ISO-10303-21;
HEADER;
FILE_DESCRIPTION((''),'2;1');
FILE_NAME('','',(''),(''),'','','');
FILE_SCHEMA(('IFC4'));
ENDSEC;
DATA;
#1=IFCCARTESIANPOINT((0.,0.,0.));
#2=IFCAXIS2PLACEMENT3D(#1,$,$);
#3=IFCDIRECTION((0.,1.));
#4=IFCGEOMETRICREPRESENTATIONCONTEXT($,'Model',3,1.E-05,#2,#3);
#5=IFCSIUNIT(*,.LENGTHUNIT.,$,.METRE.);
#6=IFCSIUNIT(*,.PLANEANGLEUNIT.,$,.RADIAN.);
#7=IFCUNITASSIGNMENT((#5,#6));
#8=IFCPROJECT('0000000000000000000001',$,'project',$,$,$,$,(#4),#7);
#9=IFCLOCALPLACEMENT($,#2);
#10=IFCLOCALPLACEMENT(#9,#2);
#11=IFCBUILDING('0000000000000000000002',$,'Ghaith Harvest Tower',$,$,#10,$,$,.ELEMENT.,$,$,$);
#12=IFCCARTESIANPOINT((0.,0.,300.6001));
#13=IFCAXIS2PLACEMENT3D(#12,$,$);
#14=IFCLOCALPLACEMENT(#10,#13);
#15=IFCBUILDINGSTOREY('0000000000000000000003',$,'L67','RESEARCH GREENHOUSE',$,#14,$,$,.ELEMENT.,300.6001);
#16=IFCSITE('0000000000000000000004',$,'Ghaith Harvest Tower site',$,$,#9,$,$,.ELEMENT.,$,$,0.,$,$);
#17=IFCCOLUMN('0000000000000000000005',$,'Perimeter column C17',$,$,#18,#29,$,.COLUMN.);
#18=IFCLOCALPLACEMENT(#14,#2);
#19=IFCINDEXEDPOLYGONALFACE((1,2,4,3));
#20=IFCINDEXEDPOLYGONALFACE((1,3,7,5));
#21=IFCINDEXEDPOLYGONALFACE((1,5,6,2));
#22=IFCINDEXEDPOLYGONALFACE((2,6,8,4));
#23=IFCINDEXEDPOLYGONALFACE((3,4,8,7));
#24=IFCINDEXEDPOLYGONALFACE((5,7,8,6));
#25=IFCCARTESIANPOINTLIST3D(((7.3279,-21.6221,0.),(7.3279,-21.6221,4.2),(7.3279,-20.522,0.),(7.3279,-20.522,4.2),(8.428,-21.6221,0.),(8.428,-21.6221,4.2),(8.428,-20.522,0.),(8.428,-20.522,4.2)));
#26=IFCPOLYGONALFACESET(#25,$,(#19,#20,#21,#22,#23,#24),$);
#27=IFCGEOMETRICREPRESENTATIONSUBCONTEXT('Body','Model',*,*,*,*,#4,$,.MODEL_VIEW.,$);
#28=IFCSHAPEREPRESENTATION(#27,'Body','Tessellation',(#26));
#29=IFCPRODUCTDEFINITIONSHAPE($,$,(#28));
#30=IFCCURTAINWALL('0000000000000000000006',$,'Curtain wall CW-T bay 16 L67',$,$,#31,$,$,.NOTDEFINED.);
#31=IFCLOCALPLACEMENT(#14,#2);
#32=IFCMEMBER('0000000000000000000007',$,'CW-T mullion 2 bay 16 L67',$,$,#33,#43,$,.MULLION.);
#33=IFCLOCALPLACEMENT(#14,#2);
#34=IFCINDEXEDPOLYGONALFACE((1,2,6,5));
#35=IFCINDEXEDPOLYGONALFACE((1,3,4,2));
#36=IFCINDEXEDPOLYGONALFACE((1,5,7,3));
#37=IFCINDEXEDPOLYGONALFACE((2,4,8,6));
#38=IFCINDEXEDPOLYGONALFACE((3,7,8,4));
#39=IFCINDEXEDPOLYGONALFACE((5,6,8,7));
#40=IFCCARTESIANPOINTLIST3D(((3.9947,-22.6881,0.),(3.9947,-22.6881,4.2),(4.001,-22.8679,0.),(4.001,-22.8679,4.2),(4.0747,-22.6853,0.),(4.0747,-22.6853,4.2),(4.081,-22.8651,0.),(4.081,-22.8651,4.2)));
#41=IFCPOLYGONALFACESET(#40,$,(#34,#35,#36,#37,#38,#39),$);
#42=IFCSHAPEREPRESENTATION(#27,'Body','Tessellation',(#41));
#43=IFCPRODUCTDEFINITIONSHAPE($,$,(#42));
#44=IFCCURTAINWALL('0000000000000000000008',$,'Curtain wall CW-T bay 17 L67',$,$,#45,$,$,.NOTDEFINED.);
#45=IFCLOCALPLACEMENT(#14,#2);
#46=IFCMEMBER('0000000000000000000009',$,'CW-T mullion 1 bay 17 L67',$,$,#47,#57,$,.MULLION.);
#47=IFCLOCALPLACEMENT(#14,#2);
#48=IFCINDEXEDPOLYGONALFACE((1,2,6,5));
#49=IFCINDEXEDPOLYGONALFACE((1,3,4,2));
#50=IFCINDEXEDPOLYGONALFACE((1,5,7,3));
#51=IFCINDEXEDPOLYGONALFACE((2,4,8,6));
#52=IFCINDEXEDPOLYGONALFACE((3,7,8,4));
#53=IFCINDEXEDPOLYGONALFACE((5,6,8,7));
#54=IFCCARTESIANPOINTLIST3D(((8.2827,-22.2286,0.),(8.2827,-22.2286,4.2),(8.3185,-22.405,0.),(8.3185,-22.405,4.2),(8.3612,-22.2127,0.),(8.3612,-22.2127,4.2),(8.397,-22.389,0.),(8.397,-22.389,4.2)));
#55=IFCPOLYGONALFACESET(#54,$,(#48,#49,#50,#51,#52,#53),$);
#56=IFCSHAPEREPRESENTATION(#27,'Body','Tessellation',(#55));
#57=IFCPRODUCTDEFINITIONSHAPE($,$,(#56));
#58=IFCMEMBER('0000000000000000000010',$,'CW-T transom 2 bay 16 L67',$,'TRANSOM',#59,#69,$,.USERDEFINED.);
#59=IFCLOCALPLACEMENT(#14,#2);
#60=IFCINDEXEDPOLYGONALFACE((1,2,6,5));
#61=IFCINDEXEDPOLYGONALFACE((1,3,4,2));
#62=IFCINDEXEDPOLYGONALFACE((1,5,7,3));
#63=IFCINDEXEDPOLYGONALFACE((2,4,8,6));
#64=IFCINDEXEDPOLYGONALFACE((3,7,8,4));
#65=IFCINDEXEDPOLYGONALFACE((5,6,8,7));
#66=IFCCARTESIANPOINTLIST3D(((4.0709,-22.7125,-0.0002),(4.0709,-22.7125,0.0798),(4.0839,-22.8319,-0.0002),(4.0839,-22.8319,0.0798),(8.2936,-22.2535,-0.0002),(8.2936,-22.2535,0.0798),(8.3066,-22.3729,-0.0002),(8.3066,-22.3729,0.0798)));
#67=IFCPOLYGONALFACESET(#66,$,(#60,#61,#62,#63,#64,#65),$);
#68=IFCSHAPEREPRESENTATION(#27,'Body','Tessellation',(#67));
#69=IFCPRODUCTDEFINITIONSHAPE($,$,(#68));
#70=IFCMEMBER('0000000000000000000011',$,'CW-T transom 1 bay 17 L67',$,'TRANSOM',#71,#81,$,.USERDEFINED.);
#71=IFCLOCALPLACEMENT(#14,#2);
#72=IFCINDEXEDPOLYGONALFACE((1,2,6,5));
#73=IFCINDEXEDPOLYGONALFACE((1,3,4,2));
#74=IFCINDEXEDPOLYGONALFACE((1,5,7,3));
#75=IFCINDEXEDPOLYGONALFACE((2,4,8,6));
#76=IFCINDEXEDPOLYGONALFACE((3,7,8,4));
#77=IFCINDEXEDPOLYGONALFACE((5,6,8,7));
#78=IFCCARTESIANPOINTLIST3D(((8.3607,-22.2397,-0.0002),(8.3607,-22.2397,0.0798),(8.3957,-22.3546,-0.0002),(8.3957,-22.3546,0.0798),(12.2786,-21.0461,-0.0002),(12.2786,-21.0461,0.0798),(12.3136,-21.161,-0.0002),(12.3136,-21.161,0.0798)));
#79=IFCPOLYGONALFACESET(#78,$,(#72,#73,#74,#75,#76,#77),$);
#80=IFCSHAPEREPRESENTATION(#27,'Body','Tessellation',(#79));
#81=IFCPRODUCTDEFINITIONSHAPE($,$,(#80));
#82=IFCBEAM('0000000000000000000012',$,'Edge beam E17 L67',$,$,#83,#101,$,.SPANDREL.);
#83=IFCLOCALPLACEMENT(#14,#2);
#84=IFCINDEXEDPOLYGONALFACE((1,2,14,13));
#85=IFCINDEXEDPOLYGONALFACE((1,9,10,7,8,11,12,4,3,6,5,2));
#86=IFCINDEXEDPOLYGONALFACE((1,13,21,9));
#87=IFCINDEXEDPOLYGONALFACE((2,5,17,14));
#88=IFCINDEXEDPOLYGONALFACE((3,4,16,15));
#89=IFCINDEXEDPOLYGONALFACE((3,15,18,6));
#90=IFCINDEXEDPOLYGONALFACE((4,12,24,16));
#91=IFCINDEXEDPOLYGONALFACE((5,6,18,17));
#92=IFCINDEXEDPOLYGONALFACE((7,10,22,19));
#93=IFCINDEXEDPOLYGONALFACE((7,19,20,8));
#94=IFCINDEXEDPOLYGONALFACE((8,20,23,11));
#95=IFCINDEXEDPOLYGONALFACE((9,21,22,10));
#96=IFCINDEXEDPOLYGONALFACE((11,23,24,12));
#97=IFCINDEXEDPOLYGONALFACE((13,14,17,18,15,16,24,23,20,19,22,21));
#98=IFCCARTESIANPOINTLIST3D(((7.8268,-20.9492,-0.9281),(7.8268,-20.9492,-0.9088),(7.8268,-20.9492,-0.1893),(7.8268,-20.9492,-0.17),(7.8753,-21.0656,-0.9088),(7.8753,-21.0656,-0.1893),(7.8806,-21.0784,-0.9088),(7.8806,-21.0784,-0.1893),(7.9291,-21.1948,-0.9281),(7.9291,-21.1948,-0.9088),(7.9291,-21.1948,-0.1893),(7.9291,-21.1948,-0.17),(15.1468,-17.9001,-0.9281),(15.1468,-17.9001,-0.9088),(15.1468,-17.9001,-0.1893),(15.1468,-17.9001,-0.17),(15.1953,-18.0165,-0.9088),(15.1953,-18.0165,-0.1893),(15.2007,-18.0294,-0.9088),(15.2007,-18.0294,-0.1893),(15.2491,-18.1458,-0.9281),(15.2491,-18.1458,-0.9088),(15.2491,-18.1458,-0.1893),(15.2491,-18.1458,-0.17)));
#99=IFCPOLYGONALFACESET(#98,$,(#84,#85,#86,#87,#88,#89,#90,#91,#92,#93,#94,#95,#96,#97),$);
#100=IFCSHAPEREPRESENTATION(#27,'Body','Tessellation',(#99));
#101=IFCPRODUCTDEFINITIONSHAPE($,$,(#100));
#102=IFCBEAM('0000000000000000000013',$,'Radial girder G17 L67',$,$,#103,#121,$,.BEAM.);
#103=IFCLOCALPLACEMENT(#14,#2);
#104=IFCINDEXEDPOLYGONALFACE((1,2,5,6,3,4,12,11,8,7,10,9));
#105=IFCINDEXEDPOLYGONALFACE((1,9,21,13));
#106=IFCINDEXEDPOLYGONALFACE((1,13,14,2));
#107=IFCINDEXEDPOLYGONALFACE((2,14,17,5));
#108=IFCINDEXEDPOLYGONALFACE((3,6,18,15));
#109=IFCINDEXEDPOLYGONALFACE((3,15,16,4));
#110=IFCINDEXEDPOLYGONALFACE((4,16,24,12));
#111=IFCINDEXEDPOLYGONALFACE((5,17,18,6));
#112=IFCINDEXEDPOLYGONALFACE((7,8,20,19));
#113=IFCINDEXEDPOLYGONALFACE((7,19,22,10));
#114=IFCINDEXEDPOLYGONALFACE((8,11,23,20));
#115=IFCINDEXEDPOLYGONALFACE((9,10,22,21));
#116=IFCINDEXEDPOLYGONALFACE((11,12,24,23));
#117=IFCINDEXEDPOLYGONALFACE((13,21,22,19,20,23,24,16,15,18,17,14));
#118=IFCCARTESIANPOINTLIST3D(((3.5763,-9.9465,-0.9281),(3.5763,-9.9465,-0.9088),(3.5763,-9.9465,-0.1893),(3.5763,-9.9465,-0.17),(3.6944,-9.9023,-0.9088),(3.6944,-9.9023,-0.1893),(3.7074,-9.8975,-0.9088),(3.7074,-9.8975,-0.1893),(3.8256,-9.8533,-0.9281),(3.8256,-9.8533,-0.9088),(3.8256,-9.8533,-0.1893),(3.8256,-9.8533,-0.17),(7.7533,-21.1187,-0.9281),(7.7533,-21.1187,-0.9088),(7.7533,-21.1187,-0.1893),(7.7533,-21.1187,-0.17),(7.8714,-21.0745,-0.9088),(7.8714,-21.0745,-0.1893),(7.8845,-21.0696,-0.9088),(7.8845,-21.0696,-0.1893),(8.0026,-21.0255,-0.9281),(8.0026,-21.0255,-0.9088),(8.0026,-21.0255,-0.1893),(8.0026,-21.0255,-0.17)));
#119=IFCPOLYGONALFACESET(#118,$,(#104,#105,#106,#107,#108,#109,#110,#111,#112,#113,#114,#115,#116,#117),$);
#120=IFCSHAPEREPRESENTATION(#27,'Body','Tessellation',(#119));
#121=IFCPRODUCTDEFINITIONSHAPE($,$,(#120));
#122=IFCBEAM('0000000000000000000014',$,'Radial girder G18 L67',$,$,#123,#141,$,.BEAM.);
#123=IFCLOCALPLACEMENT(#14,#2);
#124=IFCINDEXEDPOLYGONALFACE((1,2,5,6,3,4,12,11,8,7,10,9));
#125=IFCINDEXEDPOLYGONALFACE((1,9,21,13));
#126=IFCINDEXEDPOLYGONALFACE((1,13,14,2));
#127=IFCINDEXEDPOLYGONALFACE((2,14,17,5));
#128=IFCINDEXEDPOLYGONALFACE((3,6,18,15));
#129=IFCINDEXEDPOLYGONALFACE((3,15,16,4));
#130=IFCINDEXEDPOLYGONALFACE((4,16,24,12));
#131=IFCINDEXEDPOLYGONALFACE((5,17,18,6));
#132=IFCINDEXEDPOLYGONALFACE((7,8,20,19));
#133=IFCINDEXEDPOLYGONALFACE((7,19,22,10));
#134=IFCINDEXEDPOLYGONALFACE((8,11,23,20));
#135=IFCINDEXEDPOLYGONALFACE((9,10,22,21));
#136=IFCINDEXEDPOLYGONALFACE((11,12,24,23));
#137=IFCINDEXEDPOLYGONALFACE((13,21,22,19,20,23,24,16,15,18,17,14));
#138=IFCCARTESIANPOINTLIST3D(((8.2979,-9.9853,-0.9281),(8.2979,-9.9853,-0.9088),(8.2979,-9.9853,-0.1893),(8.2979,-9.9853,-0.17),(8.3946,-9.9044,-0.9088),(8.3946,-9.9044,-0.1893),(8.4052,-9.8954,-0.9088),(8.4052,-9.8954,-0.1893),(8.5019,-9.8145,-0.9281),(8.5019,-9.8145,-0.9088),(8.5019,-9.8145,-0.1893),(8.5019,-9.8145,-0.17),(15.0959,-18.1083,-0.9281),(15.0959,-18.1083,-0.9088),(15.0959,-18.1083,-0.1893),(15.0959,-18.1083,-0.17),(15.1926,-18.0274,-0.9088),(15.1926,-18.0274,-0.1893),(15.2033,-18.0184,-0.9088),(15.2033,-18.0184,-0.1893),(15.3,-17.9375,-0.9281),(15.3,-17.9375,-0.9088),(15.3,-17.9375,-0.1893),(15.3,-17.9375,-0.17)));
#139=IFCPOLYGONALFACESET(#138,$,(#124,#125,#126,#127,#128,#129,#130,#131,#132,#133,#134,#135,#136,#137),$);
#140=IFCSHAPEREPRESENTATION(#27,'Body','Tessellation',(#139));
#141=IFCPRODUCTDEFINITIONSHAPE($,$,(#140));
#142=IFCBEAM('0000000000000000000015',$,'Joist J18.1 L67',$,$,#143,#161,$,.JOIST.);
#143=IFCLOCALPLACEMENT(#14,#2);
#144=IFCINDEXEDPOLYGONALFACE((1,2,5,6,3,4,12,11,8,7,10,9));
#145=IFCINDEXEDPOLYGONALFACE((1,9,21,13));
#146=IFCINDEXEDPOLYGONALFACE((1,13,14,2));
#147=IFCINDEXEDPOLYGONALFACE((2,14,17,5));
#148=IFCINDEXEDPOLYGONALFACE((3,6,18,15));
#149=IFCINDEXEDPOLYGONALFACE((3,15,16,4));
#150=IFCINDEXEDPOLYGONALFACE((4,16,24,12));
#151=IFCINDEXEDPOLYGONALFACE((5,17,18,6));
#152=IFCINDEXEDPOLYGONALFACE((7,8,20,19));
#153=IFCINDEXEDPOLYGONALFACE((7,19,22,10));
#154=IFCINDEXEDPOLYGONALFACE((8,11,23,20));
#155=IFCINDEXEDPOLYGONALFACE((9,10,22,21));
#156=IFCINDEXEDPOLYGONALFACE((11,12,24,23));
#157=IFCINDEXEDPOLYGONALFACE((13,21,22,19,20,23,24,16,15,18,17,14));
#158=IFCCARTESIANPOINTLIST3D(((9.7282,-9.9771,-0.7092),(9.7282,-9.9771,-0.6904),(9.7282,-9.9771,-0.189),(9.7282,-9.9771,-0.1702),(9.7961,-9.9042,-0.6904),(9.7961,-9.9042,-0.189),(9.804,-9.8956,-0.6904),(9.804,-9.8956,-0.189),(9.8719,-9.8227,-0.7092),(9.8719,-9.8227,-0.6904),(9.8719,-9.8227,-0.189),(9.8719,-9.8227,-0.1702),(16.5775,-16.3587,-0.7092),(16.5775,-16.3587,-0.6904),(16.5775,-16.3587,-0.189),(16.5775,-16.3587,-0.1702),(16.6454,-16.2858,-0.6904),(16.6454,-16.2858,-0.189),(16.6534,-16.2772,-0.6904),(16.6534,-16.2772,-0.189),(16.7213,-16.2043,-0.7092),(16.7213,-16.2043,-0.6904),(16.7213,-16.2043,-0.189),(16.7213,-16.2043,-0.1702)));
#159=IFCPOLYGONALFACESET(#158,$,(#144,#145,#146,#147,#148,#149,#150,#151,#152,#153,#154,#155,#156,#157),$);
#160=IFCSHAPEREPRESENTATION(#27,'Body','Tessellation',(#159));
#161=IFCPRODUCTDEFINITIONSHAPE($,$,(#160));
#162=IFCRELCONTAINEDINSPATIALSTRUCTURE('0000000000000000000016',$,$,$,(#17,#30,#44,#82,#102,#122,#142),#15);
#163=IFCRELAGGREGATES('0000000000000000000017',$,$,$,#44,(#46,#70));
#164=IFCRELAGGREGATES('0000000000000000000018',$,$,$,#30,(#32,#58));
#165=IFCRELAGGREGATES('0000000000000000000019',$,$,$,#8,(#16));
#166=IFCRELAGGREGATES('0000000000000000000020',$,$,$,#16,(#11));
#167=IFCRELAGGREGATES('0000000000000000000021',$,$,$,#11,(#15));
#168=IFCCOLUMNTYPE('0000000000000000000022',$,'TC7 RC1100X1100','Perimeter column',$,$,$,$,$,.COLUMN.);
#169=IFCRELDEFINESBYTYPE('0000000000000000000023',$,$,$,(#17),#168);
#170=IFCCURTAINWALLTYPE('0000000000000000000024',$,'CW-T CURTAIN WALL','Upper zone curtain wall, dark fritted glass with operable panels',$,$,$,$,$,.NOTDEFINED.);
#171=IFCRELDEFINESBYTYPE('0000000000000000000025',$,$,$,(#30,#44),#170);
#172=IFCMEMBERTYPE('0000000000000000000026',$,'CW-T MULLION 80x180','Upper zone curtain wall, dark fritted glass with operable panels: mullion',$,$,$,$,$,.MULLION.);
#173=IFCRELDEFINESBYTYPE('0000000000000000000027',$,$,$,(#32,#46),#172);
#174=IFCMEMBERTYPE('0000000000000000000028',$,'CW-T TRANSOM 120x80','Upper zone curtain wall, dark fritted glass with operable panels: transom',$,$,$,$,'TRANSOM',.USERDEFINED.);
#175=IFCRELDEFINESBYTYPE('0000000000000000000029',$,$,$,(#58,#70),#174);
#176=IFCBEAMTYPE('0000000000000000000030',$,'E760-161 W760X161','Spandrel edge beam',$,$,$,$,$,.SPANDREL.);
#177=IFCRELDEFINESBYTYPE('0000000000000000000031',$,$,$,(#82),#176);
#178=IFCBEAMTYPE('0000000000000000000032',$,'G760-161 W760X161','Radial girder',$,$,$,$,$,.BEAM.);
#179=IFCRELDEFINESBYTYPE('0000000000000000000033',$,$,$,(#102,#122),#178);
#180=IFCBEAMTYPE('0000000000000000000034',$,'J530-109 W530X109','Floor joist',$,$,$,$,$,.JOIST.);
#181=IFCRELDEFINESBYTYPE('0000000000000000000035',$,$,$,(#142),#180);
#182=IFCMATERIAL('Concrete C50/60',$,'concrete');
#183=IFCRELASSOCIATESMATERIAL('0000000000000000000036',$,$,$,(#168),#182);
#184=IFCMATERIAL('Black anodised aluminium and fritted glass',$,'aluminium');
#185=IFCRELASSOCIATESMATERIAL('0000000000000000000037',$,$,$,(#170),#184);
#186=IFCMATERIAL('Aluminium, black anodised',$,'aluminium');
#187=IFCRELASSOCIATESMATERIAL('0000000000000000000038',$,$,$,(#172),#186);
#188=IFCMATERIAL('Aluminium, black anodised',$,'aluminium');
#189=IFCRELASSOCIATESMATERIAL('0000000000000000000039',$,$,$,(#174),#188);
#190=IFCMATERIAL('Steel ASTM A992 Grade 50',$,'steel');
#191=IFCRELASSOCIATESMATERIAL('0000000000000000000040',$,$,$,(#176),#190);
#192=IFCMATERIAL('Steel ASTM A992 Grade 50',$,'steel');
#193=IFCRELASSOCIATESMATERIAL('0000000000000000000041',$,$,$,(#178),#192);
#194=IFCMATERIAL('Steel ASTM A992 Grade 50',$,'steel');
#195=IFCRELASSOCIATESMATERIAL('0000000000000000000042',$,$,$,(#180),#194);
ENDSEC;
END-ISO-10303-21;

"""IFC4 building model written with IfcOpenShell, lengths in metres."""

from ifc_helpers import new_model, si_unit, direction, frame, origin, origin_2d, place, context, subcontext, project, spatial, rectangle, i_section, extrude, material, material_profile, profile_set, type_object, element, aggregate, save


model = new_model("IFC4")

# Units and contexts
model_context = context("Model", 3, precision=1e-05, world=origin(), true_north=direction((0.0, 1.0)))
body_context = subcontext(model_context, "Body", "Model", "MODEL_VIEW")
ifc_project = project(units=[si_unit("LENGTHUNIT", "METRE"), si_unit("PLANEANGLEUNIT", "RADIAN")], contexts=[model_context])

# Site, building, storey
site_placement = place(None, origin())
site = spatial("IfcSite", under=ifc_project, at=site_placement, Name="Ghaith Harvest Tower site", CompositionType="ELEMENT", RefElevation=0.0)
building_placement = place(site_placement, origin())
building = spatial("IfcBuilding", under=site, at=building_placement, Name="Ghaith Harvest Tower", CompositionType="ELEMENT")
storey_placement = place(building_placement, frame((0.0, 0.0, 300.6001)))
storey = spatial("IfcBuildingStorey", under=building, at=storey_placement, Name="L67", Description="RESEARCH GREENHOUSE", CompositionType="ELEMENT", Elevation=300.6001)

# Column
ifc_material_1 = material(Name="Concrete C50/60", Category="concrete")
ifc_material_profile_1 = material_profile(ifc_material_1, rectangle(XDim=1.1001, YDim=1.1001, at=origin_2d()), Name="RC1100X1100")
ifc_profile_set_1 = profile_set([ifc_material_profile_1], Name="Concrete C50/60")
column_type = type_object("IfcColumnType", Name="TC7 RC1100X1100", Description="Perimeter column", PredefinedType="COLUMN", material=ifc_profile_set_1)
column_placement = place(storey_placement, frame((7.8779, -21.072, 0.0), z_axis=(0.0, 0.0, 1.0), x_axis=(1.0, 0.0, 0.0)))
element("IfcColumn", 1, at=column_placement, inside=storey, type_object=column_type, Name="Perimeter column C17", PredefinedType="COLUMN", context=body_context, shape_type="SweptSolid", body=[
    extrude(rectangle(XDim=1.1001, YDim=1.1001, at=origin_2d()), origin(), (0.0, 0.0, 1.0), 4.2),
])

# Curtain walls, members
ifc_material_2 = material(Name="Black anodised aluminium and fritted glass", Category="aluminium")
curtain_wall_type = type_object("IfcCurtainWallType", Name="CW-T CURTAIN WALL", Description="Upper zone curtain wall, dark fritted glass with operable panels", PredefinedType="NOTDEFINED", material=ifc_material_2)
curtain_wall_1_placement = place(storey_placement, origin())
curtain_wall_1 = element("IfcCurtainWall", 2, at=curtain_wall_1_placement, inside=storey, type_object=curtain_wall_type, Name="Curtain wall CW-T bay 16 L67", PredefinedType="NOTDEFINED")
ifc_material_3 = material(Name="Aluminium, black anodised", Category="aluminium")
ifc_material_profile_2 = material_profile(ifc_material_3, rectangle(XDim=0.0801, YDim=0.1799, at=origin_2d()), Name="CW-T MULLION 80x180")
ifc_profile_set_2 = profile_set([ifc_material_profile_2], Name="Aluminium, black anodised")
member_type_1 = type_object("IfcMemberType", Name="CW-T MULLION 80x180", Description="Upper zone curtain wall, dark fritted glass with operable panels: mullion", PredefinedType="MULLION", material=ifc_profile_set_2)
member_1_placement = place(storey_placement, frame((4.0378, -22.7766, 0.0), z_axis=(0.0, 0.0, 1.0), x_axis=(0.999389, 0.034962, 0.0)))
member_1 = element("IfcMember", 3, at=member_1_placement, type_object=member_type_1, Name="CW-T mullion 2 bay 16 L67", PredefinedType="MULLION", context=body_context, shape_type="SweptSolid", body=[
    extrude(rectangle(XDim=0.0801, YDim=0.1799, at=origin_2d()), origin(), (0.0, 0.0, 1.0), 4.2),
])
curtain_wall_2_placement = place(storey_placement, origin())
curtain_wall_2 = element("IfcCurtainWall", 4, at=curtain_wall_2_placement, inside=storey, type_object=curtain_wall_type, Name="Curtain wall CW-T bay 17 L67", PredefinedType="NOTDEFINED")
member_2_placement = place(storey_placement, frame((8.3398, -22.3088, 0.0), z_axis=(0.0, 0.0, 1.0), x_axis=(0.98, 0.198997, 0.0)))
member_2 = element("IfcMember", 5, at=member_2_placement, type_object=member_type_1, Name="CW-T mullion 1 bay 17 L67", PredefinedType="MULLION", context=body_context, shape_type="SweptSolid", body=[
    extrude(rectangle(XDim=0.0801, YDim=0.1799, at=origin_2d()), origin(), (0.0, 0.0, 1.0), 4.2),
])

# Members
ifc_material_4 = material(Name="Aluminium, black anodised", Category="aluminium")
ifc_material_profile_3 = material_profile(ifc_material_4, rectangle(XDim=0.1201, YDim=0.0801, at=origin_2d()), Name="CW-T TRANSOM 120x80")
ifc_profile_set_3 = profile_set([ifc_material_profile_3], Name="Aluminium, black anodised")
member_type_2 = type_object("IfcMemberType", Name="CW-T TRANSOM 120x80", Description="Upper zone curtain wall, dark fritted glass with operable panels: transom", ElementType="TRANSOM", PredefinedType="USERDEFINED", material=ifc_profile_set_3)
member_3_placement = place(storey_placement, frame((4.0774, -22.7722, 0.0398), z_axis=(0.994144, 0.108059, 0.0), x_axis=(-0.108059, 0.994144, 0.0)))
member_3 = element("IfcMember", 6, at=member_3_placement, type_object=member_type_2, Name="CW-T transom 2 bay 16 L67", ObjectType="TRANSOM", PredefinedType="USERDEFINED", context=body_context, shape_type="SweptSolid", body=[
    extrude(rectangle(XDim=0.1201, YDim=0.0801, at=origin_2d()), origin(), (0.0, 0.0, 1.0), 4.2476),
])
member_4_placement = place(storey_placement, frame((8.3782, -22.2971, 0.0398), z_axis=(0.956594, 0.291425, 0.0), x_axis=(-0.291425, 0.956594, 0.0)))
member_4 = element("IfcMember", 7, at=member_4_placement, type_object=member_type_2, Name="CW-T transom 1 bay 17 L67", ObjectType="TRANSOM", PredefinedType="USERDEFINED", context=body_context, shape_type="SweptSolid", body=[
    extrude(rectangle(XDim=0.1201, YDim=0.0801, at=origin_2d()), origin(), (0.0, 0.0, 1.0), 4.0957),
])
aggregate(curtain_wall_2, [member_2, member_4])

# Beams
ifc_material_5 = material(Name="Steel ASTM A992 Grade 50", Category="steel")
ifc_material_profile_4 = material_profile(ifc_material_5, i_section(OverallWidth=0.2661, OverallDepth=0.7581, WebThickness=0.0139, FlangeThickness=0.0193, at=origin_2d()), Name="W760X161")
ifc_profile_set_4 = profile_set([ifc_material_profile_4], Name="Steel ASTM A992 Grade 50")
beam_type_1 = type_object("IfcBeamType", Name="E760-161 W760X161", Description="Spandrel edge beam", PredefinedType="SPANDREL", material=ifc_profile_set_4)
beam_1_placement = place(storey_placement, frame((7.8779, -21.072, -0.5491), z_axis=(0.92312, 0.384513, 0.0), x_axis=(-0.384513, 0.92312, 0.0)))
element("IfcBeam", 8, at=beam_1_placement, inside=storey, type_object=beam_type_1, Name="Edge beam E17 L67", PredefinedType="SPANDREL", context=body_context, shape_type="SweptSolid", body=[
    extrude(i_section(OverallWidth=0.2661, OverallDepth=0.7581, WebThickness=0.0139, FlangeThickness=0.0193, at=origin_2d()), origin(), (0.0, 0.0, 1.0), 7.9297),
])
ifc_material_6 = material(Name="Steel ASTM A992 Grade 50", Category="steel")
ifc_material_profile_5 = material_profile(ifc_material_6, i_section(OverallWidth=0.2661, OverallDepth=0.7581, WebThickness=0.0139, FlangeThickness=0.0193, at=origin_2d()), Name="W760X161")
ifc_profile_set_5 = profile_set([ifc_material_profile_5], Name="Steel ASTM A992 Grade 50")
beam_type_2 = type_object("IfcBeamType", Name="G760-161 W760X161", Description="Radial girder", PredefinedType="BEAM", material=ifc_profile_set_5)
beam_2_placement = place(storey_placement, frame((3.7009, -9.8999, -0.5491), z_axis=(0.350201, -0.936674, 0.0), x_axis=(0.936674, 0.350201, 0.0)))
element("IfcBeam", 9, at=beam_2_placement, inside=storey, type_object=beam_type_2, Name="Radial girder G17 L67", PredefinedType="BEAM", context=body_context, shape_type="SweptSolid", body=[
    extrude(i_section(OverallWidth=0.2661, OverallDepth=0.7581, WebThickness=0.0139, FlangeThickness=0.0193, at=origin_2d()), origin(), (0.0, 0.0, 1.0), 11.9275),
])
beam_3_placement = place(storey_placement, frame((8.3999, -9.8999, -0.5491), z_axis=(0.641793, -0.766878, 0.0), x_axis=(0.766878, 0.641793, 0.0)))
element("IfcBeam", 10, at=beam_3_placement, inside=storey, type_object=beam_type_2, Name="Radial girder G18 L67", PredefinedType="BEAM", context=body_context, shape_type="SweptSolid", body=[
    extrude(i_section(OverallWidth=0.2661, OverallDepth=0.7581, WebThickness=0.0139, FlangeThickness=0.0193, at=origin_2d()), origin(), (0.0, 0.0, 1.0), 10.5923),
])
ifc_material_7 = material(Name="Steel ASTM A992 Grade 50", Category="steel")
ifc_material_profile_6 = material_profile(ifc_material_7, i_section(OverallWidth=0.2109, OverallDepth=0.5391, WebThickness=0.0117, FlangeThickness=0.0188, at=origin_2d()), Name="W530X109")
ifc_profile_set_6 = profile_set([ifc_material_profile_6], Name="Steel ASTM A992 Grade 50")
beam_type_3 = type_object("IfcBeamType", Name="J530-109 W530X109", Description="Floor joist", PredefinedType="JOIST", material=ifc_profile_set_6)
beam_4_placement = place(storey_placement, frame((9.8, -9.8999, -0.4397), z_axis=(0.731649, -0.681682, 0.0), x_axis=(0.681682, 0.731649, 0.0)))
element("IfcBeam", 11, at=beam_4_placement, inside=storey, type_object=beam_type_3, Name="Joist J18.1 L67", PredefinedType="JOIST", context=body_context, shape_type="SweptSolid", body=[
    extrude(i_section(OverallWidth=0.2109, OverallDepth=0.5391, WebThickness=0.0117, FlangeThickness=0.0188, at=origin_2d()), origin(), (0.0, 0.0, 1.0), 9.3616),
])

aggregate(curtain_wall_1, [member_1, member_3])

save(model, "model.ifc")
